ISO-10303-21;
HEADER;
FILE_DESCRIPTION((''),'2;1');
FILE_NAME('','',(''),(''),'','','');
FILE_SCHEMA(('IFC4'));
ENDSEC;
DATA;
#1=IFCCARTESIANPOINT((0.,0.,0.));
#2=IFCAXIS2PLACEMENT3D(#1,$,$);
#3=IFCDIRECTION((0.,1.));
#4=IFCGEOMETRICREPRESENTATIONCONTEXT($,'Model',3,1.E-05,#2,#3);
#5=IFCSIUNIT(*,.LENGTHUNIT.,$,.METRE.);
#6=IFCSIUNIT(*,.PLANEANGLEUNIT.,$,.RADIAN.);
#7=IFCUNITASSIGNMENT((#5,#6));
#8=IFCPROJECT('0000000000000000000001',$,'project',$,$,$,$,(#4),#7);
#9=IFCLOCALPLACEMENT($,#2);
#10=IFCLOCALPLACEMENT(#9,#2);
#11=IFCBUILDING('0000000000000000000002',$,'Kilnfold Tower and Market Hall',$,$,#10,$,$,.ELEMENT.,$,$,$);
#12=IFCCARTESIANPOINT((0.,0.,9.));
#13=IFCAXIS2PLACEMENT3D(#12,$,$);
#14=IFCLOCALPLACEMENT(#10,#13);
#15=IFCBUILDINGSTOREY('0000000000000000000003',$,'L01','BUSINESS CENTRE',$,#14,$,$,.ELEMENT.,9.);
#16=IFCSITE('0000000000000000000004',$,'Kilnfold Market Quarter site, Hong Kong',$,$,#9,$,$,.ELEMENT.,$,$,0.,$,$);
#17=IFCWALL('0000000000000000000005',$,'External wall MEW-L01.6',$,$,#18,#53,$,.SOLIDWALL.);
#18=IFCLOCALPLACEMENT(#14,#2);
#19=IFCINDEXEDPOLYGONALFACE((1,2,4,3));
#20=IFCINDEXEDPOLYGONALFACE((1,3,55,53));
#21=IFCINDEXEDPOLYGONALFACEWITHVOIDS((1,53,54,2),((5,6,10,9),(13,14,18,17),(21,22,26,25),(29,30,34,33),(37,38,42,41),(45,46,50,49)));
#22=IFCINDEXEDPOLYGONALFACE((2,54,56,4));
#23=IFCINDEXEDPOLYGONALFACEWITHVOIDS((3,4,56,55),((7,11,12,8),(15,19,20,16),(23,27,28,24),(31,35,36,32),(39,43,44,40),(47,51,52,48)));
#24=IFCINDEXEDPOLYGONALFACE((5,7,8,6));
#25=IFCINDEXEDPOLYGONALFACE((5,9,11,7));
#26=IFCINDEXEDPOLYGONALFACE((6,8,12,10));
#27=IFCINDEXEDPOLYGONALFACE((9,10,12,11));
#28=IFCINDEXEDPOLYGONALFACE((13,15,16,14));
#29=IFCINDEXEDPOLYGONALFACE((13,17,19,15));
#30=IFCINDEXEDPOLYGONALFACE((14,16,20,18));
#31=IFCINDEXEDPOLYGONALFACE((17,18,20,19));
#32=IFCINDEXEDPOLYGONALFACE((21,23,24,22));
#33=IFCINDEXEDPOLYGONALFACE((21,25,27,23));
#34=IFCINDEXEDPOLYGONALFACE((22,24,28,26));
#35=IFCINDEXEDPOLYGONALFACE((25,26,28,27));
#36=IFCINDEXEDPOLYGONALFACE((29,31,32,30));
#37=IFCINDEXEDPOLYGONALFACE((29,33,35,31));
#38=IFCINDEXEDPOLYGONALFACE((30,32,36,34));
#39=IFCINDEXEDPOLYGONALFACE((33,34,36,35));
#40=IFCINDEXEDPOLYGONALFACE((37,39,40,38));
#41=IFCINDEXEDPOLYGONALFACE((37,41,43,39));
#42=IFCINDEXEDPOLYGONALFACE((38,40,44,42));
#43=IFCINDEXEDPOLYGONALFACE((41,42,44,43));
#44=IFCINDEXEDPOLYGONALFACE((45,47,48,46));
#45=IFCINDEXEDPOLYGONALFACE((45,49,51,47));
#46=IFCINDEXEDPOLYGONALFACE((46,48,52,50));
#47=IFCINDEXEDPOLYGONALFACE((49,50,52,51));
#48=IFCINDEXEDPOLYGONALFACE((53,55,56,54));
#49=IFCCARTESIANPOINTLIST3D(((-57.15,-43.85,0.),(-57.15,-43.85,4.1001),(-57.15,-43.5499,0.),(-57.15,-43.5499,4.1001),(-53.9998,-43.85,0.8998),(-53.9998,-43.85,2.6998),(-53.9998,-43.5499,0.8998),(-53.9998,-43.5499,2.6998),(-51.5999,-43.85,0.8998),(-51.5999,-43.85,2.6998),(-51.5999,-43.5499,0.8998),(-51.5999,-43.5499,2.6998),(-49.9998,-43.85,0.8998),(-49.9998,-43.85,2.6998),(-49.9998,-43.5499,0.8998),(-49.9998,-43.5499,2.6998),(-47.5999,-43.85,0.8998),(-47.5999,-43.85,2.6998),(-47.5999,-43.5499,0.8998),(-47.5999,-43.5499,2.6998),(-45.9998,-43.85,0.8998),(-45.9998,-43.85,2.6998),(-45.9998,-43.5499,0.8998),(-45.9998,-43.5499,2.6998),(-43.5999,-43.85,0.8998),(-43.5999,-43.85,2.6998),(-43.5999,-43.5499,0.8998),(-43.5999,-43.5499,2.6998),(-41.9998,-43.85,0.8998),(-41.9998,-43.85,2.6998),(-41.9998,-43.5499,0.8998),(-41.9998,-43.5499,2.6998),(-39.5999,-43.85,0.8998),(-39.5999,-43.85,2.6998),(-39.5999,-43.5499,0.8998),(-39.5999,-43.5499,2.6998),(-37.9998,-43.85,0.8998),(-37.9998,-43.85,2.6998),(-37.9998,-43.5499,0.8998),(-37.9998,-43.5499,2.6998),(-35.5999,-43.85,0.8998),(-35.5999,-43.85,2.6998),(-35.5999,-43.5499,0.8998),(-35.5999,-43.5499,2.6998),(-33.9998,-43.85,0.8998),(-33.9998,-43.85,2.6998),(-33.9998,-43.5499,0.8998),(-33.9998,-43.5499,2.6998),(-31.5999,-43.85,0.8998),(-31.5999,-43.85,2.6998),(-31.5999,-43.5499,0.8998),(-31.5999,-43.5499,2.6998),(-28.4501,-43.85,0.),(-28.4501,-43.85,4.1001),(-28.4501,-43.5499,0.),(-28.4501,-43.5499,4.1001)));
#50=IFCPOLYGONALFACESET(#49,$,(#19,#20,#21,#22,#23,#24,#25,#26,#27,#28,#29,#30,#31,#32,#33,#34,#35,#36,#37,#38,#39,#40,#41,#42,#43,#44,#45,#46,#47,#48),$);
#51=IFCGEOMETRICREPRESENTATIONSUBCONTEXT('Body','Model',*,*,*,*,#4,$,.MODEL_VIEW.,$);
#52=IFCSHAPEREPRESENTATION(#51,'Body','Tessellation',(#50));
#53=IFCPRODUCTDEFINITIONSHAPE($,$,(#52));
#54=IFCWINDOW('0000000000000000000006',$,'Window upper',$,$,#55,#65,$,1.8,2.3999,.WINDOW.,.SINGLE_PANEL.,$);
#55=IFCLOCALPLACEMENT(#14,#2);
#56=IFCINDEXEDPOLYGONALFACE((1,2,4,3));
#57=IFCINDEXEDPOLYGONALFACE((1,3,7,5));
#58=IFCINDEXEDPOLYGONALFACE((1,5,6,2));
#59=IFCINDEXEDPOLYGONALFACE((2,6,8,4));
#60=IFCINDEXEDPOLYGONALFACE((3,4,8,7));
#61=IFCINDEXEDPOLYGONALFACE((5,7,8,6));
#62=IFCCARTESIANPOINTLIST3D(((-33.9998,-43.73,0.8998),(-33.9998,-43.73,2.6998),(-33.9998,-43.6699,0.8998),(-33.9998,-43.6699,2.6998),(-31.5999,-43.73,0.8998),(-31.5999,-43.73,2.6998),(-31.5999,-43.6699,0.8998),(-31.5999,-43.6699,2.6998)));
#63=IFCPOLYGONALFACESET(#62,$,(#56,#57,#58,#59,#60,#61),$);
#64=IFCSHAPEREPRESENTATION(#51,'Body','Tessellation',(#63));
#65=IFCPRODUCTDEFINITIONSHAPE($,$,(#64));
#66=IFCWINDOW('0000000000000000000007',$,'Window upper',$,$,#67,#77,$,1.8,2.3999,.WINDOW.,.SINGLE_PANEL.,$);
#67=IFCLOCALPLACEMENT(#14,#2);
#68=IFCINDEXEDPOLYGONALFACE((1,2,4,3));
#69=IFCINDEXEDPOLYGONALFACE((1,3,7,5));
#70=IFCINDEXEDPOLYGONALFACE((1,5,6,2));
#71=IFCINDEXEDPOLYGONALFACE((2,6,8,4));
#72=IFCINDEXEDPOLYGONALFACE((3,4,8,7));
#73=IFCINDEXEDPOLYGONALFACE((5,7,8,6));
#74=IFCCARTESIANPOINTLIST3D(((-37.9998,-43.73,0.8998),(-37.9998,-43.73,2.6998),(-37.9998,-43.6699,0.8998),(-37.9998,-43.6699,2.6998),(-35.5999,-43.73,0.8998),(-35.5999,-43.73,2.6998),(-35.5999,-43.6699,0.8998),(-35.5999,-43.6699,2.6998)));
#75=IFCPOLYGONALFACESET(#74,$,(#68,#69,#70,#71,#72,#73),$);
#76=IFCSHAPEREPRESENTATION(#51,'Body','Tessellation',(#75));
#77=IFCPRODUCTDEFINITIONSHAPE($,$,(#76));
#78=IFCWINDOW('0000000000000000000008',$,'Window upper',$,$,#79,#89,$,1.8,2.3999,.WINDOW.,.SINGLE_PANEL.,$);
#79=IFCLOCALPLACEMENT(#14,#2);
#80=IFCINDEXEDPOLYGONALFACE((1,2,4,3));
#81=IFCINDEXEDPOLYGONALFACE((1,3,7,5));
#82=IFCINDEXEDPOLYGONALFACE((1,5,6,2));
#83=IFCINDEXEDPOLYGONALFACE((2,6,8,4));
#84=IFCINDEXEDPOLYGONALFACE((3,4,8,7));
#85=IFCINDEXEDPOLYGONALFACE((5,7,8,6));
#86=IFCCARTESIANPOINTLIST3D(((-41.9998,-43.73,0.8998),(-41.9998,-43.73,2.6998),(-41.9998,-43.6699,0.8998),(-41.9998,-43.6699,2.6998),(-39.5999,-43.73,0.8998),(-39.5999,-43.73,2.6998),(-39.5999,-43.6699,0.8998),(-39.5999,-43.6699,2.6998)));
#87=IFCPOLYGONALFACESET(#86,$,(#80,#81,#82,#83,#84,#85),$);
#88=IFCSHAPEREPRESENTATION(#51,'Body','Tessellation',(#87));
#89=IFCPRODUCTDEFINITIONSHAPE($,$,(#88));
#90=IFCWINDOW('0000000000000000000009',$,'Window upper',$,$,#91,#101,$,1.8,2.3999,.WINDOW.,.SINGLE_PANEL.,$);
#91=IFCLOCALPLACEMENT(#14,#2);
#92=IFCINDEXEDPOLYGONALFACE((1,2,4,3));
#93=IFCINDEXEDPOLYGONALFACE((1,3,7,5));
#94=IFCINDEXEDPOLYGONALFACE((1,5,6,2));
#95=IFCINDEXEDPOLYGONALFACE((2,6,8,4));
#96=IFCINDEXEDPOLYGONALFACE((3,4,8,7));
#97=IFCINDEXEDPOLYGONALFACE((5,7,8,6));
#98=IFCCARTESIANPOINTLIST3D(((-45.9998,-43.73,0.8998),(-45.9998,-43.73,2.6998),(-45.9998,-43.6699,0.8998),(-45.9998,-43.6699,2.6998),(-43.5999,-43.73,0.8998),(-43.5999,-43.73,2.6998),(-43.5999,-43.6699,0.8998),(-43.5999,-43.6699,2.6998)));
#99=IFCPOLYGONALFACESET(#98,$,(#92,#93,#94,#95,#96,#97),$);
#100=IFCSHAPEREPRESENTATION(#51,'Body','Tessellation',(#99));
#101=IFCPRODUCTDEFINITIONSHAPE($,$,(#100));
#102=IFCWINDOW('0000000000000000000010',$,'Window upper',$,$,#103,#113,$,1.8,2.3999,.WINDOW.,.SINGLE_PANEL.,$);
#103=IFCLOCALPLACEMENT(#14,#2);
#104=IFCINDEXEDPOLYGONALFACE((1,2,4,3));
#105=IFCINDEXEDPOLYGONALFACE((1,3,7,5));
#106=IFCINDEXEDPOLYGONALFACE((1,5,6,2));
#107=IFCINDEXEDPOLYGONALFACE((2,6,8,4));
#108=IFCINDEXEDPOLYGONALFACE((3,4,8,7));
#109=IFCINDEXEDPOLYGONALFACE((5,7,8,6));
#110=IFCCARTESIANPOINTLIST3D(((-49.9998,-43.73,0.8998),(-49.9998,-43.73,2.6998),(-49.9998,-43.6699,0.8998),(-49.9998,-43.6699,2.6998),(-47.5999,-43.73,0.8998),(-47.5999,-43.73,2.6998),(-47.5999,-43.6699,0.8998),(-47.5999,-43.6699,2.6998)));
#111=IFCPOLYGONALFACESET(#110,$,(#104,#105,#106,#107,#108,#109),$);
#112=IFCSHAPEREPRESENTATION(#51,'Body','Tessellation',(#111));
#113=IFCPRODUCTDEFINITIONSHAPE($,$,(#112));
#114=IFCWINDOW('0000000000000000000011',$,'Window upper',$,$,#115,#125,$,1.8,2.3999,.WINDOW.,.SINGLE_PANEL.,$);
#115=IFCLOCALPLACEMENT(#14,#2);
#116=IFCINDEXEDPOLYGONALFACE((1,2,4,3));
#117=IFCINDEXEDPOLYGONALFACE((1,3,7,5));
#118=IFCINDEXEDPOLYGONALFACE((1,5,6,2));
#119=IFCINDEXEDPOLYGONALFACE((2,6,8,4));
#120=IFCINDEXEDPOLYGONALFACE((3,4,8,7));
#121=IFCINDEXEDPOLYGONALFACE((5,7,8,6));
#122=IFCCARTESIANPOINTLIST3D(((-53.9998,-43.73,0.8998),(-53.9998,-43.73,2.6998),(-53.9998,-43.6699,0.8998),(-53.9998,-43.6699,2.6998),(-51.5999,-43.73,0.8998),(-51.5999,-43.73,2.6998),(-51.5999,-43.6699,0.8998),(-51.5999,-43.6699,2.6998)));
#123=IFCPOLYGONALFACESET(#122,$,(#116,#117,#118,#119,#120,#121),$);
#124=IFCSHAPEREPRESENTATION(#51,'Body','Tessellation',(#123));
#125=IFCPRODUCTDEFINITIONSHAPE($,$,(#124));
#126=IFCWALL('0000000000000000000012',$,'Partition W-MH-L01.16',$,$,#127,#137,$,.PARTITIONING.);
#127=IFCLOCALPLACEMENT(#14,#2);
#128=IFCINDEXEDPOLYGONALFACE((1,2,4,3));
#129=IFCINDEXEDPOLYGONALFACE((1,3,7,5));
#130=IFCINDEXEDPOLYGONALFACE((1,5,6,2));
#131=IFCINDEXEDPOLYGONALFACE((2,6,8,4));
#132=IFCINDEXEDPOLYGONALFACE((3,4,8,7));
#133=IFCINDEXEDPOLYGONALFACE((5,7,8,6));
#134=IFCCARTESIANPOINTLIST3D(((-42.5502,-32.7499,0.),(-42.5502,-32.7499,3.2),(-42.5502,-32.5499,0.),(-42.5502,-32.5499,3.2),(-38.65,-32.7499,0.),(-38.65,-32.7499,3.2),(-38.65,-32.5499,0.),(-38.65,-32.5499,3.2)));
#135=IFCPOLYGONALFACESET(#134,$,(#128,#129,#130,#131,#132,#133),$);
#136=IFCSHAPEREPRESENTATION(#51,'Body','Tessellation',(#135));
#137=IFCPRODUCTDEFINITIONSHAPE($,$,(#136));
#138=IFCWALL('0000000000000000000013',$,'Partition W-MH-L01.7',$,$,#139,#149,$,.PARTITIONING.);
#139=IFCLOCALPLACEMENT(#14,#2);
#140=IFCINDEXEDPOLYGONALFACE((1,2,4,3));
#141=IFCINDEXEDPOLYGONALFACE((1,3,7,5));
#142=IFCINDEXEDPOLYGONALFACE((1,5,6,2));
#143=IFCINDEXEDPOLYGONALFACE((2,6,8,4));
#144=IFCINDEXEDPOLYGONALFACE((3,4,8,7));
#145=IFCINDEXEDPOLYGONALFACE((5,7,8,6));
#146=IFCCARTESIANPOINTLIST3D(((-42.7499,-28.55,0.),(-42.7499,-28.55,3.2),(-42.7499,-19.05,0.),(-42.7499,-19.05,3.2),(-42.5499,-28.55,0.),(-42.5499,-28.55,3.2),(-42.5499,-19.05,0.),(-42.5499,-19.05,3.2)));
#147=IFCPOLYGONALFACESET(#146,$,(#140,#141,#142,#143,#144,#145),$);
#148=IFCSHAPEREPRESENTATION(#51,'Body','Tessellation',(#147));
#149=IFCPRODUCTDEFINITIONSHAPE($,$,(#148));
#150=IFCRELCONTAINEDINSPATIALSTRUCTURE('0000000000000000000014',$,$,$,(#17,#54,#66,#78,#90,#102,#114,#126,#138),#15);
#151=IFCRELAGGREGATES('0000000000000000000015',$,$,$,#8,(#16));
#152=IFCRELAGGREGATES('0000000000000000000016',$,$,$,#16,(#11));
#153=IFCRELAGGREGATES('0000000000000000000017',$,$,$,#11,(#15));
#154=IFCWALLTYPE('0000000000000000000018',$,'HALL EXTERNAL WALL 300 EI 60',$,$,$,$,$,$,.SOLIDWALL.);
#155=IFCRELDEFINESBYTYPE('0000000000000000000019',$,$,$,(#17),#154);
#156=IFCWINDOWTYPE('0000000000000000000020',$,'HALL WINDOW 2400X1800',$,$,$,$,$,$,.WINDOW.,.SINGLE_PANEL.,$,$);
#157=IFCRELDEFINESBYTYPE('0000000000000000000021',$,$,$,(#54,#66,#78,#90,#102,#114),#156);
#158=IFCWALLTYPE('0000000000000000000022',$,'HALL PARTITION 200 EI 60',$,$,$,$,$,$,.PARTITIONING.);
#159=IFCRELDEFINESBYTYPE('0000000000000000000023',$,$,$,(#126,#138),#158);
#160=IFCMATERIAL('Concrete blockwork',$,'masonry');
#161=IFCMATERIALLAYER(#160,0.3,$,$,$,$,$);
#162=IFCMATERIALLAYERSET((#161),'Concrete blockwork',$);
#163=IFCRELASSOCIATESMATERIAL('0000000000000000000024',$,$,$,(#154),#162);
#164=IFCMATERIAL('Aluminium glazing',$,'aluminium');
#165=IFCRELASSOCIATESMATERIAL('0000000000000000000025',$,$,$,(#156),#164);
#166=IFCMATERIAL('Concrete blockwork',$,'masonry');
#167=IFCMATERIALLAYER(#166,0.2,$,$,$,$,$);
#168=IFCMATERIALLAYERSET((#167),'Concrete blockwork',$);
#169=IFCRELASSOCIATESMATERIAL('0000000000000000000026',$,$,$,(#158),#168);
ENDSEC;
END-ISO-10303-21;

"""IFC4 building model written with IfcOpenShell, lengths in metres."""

from ifc_helpers import new_model, si_unit, direction, frame, frame_2d, origin, place, context, subcontext, project, spatial, rectangle, extrude, source, transform, mapped, material, layer, layer_set, type_object, element, fill, save


model = new_model("IFC4")

# Units and contexts
model_context = context("Model", 3, precision=1e-05, world=origin(), true_north=direction((0.0, 1.0)))
body_context = subcontext(model_context, "Body", "Model", "MODEL_VIEW")
ifc_project = project(units=[si_unit("LENGTHUNIT", "METRE"), si_unit("PLANEANGLEUNIT", "RADIAN")], contexts=[model_context])

# Site, building, storey
site_placement = place(None, origin())
site = spatial("IfcSite", under=ifc_project, at=site_placement, Name="Kilnfold Market Quarter site, Hong Kong", CompositionType="ELEMENT", RefElevation=0.0)
building_placement = place(site_placement, origin())
building = spatial("IfcBuilding", under=site, at=building_placement, Name="Kilnfold Tower and Market Hall", CompositionType="ELEMENT")
storey_placement = place(building_placement, frame((0.0, 0.0, 9.0)))
storey = spatial("IfcBuildingStorey", under=building, at=storey_placement, Name="L01", Description="BUSINESS CENTRE", CompositionType="ELEMENT", Elevation=9.0)

# Wall, openings, windows
ifc_material_1 = material(Name="Concrete blockwork", Category="masonry")
ifc_layer_1 = layer(ifc_material_1, 0.3)
ifc_layer_set_1 = layer_set([ifc_layer_1], Name="Concrete blockwork")
wall_type_1 = type_object("IfcWallType", Name="HALL EXTERNAL WALL 300 EI 60", PredefinedType="SOLIDWALL", material=ifc_layer_set_1)
shared_shape_1 = source(origin(), body_context, "Body", "SweptSolid", [
    extrude(rectangle(XDim=28.7, YDim=0.3, at=frame_2d((14.3501, 0.0))), origin(), (0.0, 0.0, 1.0), 4.1001),
])
wall_1_placement = place(storey_placement, frame((-28.45, -43.7, 0.0), z_axis=(0.0, 0.0, 1.0), x_axis=(-1.0, 0.0, 0.0)))
wall_1 = element("IfcWall", 1, at=wall_1_placement, inside=storey, type_object=wall_type_1, Name="External wall MEW-L01.6", PredefinedType="SOLIDWALL", context=body_context, shape_type="MappedRepresentation", body=[
    mapped(shared_shape_1, transform((0.0, 0.0, 0.0))),
])
opening_1_placement = place(wall_1_placement, frame((3.1499, 0.0, 0.8999)))
opening_1 = element("IfcOpeningElement", 2, at=opening_1_placement, cuts=wall_1, PredefinedType="OPENING", context=body_context, shape_type="SweptSolid", body=[
    extrude(rectangle(XDim=2.3999, YDim=1.8, at=frame_2d((1.2, 0.8999))), frame((0.0, 0.1602, 0.0), z_axis=(0.0, -1.0, 0.0), x_axis=(1.0, 0.0, 0.0)), (0.0, 0.0, 1.0), 0.3201),
])
opening_2_placement = place(wall_1_placement, frame((7.1499, 0.0, 0.8999)))
opening_2 = element("IfcOpeningElement", 3, at=opening_2_placement, cuts=wall_1, PredefinedType="OPENING", context=body_context, shape_type="SweptSolid", body=[
    extrude(rectangle(XDim=2.3999, YDim=1.8, at=frame_2d((1.2, 0.8999))), frame((0.0, 0.1602, 0.0), z_axis=(0.0, -1.0, 0.0), x_axis=(1.0, 0.0, 0.0)), (0.0, 0.0, 1.0), 0.3201),
])
opening_3_placement = place(wall_1_placement, frame((11.1499, 0.0, 0.8999)))
opening_3 = element("IfcOpeningElement", 4, at=opening_3_placement, cuts=wall_1, PredefinedType="OPENING", context=body_context, shape_type="SweptSolid", body=[
    extrude(rectangle(XDim=2.3999, YDim=1.8, at=frame_2d((1.2, 0.8999))), frame((0.0, 0.1602, 0.0), z_axis=(0.0, -1.0, 0.0), x_axis=(1.0, 0.0, 0.0)), (0.0, 0.0, 1.0), 0.3201),
])
opening_4_placement = place(wall_1_placement, frame((15.1499, 0.0, 0.8999)))
opening_4 = element("IfcOpeningElement", 5, at=opening_4_placement, cuts=wall_1, PredefinedType="OPENING", context=body_context, shape_type="SweptSolid", body=[
    extrude(rectangle(XDim=2.3999, YDim=1.8, at=frame_2d((1.2, 0.8999))), frame((0.0, 0.1602, 0.0), z_axis=(0.0, -1.0, 0.0), x_axis=(1.0, 0.0, 0.0)), (0.0, 0.0, 1.0), 0.3201),
])
opening_5_placement = place(wall_1_placement, frame((19.1499, 0.0, 0.8999)))
opening_5 = element("IfcOpeningElement", 6, at=opening_5_placement, cuts=wall_1, PredefinedType="OPENING", context=body_context, shape_type="SweptSolid", body=[
    extrude(rectangle(XDim=2.3999, YDim=1.8, at=frame_2d((1.2, 0.8999))), frame((0.0, 0.1602, 0.0), z_axis=(0.0, -1.0, 0.0), x_axis=(1.0, 0.0, 0.0)), (0.0, 0.0, 1.0), 0.3201),
])
opening_6_placement = place(wall_1_placement, frame((23.1499, 0.0, 0.8999)))
opening_6 = element("IfcOpeningElement", 7, at=opening_6_placement, cuts=wall_1, PredefinedType="OPENING", context=body_context, shape_type="SweptSolid", body=[
    extrude(rectangle(XDim=2.3999, YDim=1.8, at=frame_2d((1.2, 0.8999))), frame((0.0, 0.1602, 0.0), z_axis=(0.0, -1.0, 0.0), x_axis=(1.0, 0.0, 0.0)), (0.0, 0.0, 1.0), 0.3201),
])
ifc_material_2 = material(Name="Aluminium glazing", Category="aluminium")
window_type = type_object("IfcWindowType", Name="HALL WINDOW 2400X1800", PartitioningType="SINGLE_PANEL", PredefinedType="WINDOW", material=ifc_material_2)
window_1_placement = place(opening_1_placement, origin())
window_1 = element("IfcWindow", 8, at=window_1_placement, inside=storey, type_object=window_type, Name="Window upper", OverallHeight=1.8, OverallWidth=2.3999, PartitioningType="SINGLE_PANEL", PredefinedType="WINDOW", context=body_context, shape_type="SweptSolid", body=[
    extrude(rectangle(XDim=2.3999, YDim=1.8, at=frame_2d((1.2, 0.8999))), frame((0.0, 0.03, 0.0), z_axis=(0.0, -1.0, 0.0), x_axis=(1.0, 0.0, 0.0)), (0.0, 0.0, 1.0), 0.0601),
])
fill(opening_1, window_1)
window_2_placement = place(opening_2_placement, origin())
window_2 = element("IfcWindow", 9, at=window_2_placement, inside=storey, type_object=window_type, Name="Window upper", OverallHeight=1.8, OverallWidth=2.3999, PartitioningType="SINGLE_PANEL", PredefinedType="WINDOW", context=body_context, shape_type="SweptSolid", body=[
    extrude(rectangle(XDim=2.3999, YDim=1.8, at=frame_2d((1.2, 0.8999))), frame((0.0, 0.03, 0.0), z_axis=(0.0, -1.0, 0.0), x_axis=(1.0, 0.0, 0.0)), (0.0, 0.0, 1.0), 0.0601),
])
fill(opening_2, window_2)
window_3_placement = place(opening_3_placement, origin())
window_3 = element("IfcWindow", 10, at=window_3_placement, inside=storey, type_object=window_type, Name="Window upper", OverallHeight=1.8, OverallWidth=2.3999, PartitioningType="SINGLE_PANEL", PredefinedType="WINDOW", context=body_context, shape_type="SweptSolid", body=[
    extrude(rectangle(XDim=2.3999, YDim=1.8, at=frame_2d((1.2, 0.8999))), frame((0.0, 0.03, 0.0), z_axis=(0.0, -1.0, 0.0), x_axis=(1.0, 0.0, 0.0)), (0.0, 0.0, 1.0), 0.0601),
])
fill(opening_3, window_3)
window_4_placement = place(opening_4_placement, origin())
window_4 = element("IfcWindow", 11, at=window_4_placement, inside=storey, type_object=window_type, Name="Window upper", OverallHeight=1.8, OverallWidth=2.3999, PartitioningType="SINGLE_PANEL", PredefinedType="WINDOW", context=body_context, shape_type="SweptSolid", body=[
    extrude(rectangle(XDim=2.3999, YDim=1.8, at=frame_2d((1.2, 0.8999))), frame((0.0, 0.03, 0.0), z_axis=(0.0, -1.0, 0.0), x_axis=(1.0, 0.0, 0.0)), (0.0, 0.0, 1.0), 0.0601),
])
fill(opening_4, window_4)
window_5_placement = place(opening_5_placement, origin())
window_5 = element("IfcWindow", 12, at=window_5_placement, inside=storey, type_object=window_type, Name="Window upper", OverallHeight=1.8, OverallWidth=2.3999, PartitioningType="SINGLE_PANEL", PredefinedType="WINDOW", context=body_context, shape_type="SweptSolid", body=[
    extrude(rectangle(XDim=2.3999, YDim=1.8, at=frame_2d((1.2, 0.8999))), frame((0.0, 0.03, 0.0), z_axis=(0.0, -1.0, 0.0), x_axis=(1.0, 0.0, 0.0)), (0.0, 0.0, 1.0), 0.0601),
])
fill(opening_5, window_5)
window_6_placement = place(opening_6_placement, origin())
window_6 = element("IfcWindow", 13, at=window_6_placement, inside=storey, type_object=window_type, Name="Window upper", OverallHeight=1.8, OverallWidth=2.3999, PartitioningType="SINGLE_PANEL", PredefinedType="WINDOW", context=body_context, shape_type="SweptSolid", body=[
    extrude(rectangle(XDim=2.3999, YDim=1.8, at=frame_2d((1.2, 0.8999))), frame((0.0, 0.03, 0.0), z_axis=(0.0, -1.0, 0.0), x_axis=(1.0, 0.0, 0.0)), (0.0, 0.0, 1.0), 0.0601),
])
fill(opening_6, window_6)

# Walls
ifc_material_3 = material(Name="Concrete blockwork", Category="masonry")
ifc_layer_2 = layer(ifc_material_3, 0.2)
ifc_layer_set_2 = layer_set([ifc_layer_2], Name="Concrete blockwork")
wall_type_2 = type_object("IfcWallType", Name="HALL PARTITION 200 EI 60", PredefinedType="PARTITIONING", material=ifc_layer_set_2)
shared_shape_2 = source(origin(), body_context, "Body", "SweptSolid", [
    extrude(rectangle(XDim=3.9001, YDim=0.2, at=frame_2d((1.9502, 0.0))), origin(), (0.0, 0.0, 1.0), 3.2),
])
wall_2_placement = place(storey_placement, frame((-38.6499, -32.6499, 0.0), z_axis=(0.0, 0.0, 1.0), x_axis=(-1.0, 0.0, 0.0)))
element("IfcWall", 14, at=wall_2_placement, inside=storey, type_object=wall_type_2, Name="Partition W-MH-L01.16", PredefinedType="PARTITIONING", context=body_context, shape_type="MappedRepresentation", body=[
    mapped(shared_shape_2, transform((0.0, 0.0, 0.0))),
])
shared_shape_3 = source(origin(), body_context, "Body", "SweptSolid", [
    extrude(rectangle(XDim=9.5, YDim=0.2, at=frame_2d((4.75, 0.0))), origin(), (0.0, 0.0, 1.0), 3.2),
])
wall_3_placement = place(storey_placement, frame((-42.6499, -28.55, 0.0), z_axis=(0.0, 0.0, 1.0), x_axis=(0.0, 1.0, 0.0)))
element("IfcWall", 15, at=wall_3_placement, inside=storey, type_object=wall_type_2, Name="Partition W-MH-L01.7", PredefinedType="PARTITIONING", context=body_context, shape_type="MappedRepresentation", body=[
    mapped(shared_shape_3, transform((0.0, 0.0, 0.0))),
])

save(model, "model.ifc")
